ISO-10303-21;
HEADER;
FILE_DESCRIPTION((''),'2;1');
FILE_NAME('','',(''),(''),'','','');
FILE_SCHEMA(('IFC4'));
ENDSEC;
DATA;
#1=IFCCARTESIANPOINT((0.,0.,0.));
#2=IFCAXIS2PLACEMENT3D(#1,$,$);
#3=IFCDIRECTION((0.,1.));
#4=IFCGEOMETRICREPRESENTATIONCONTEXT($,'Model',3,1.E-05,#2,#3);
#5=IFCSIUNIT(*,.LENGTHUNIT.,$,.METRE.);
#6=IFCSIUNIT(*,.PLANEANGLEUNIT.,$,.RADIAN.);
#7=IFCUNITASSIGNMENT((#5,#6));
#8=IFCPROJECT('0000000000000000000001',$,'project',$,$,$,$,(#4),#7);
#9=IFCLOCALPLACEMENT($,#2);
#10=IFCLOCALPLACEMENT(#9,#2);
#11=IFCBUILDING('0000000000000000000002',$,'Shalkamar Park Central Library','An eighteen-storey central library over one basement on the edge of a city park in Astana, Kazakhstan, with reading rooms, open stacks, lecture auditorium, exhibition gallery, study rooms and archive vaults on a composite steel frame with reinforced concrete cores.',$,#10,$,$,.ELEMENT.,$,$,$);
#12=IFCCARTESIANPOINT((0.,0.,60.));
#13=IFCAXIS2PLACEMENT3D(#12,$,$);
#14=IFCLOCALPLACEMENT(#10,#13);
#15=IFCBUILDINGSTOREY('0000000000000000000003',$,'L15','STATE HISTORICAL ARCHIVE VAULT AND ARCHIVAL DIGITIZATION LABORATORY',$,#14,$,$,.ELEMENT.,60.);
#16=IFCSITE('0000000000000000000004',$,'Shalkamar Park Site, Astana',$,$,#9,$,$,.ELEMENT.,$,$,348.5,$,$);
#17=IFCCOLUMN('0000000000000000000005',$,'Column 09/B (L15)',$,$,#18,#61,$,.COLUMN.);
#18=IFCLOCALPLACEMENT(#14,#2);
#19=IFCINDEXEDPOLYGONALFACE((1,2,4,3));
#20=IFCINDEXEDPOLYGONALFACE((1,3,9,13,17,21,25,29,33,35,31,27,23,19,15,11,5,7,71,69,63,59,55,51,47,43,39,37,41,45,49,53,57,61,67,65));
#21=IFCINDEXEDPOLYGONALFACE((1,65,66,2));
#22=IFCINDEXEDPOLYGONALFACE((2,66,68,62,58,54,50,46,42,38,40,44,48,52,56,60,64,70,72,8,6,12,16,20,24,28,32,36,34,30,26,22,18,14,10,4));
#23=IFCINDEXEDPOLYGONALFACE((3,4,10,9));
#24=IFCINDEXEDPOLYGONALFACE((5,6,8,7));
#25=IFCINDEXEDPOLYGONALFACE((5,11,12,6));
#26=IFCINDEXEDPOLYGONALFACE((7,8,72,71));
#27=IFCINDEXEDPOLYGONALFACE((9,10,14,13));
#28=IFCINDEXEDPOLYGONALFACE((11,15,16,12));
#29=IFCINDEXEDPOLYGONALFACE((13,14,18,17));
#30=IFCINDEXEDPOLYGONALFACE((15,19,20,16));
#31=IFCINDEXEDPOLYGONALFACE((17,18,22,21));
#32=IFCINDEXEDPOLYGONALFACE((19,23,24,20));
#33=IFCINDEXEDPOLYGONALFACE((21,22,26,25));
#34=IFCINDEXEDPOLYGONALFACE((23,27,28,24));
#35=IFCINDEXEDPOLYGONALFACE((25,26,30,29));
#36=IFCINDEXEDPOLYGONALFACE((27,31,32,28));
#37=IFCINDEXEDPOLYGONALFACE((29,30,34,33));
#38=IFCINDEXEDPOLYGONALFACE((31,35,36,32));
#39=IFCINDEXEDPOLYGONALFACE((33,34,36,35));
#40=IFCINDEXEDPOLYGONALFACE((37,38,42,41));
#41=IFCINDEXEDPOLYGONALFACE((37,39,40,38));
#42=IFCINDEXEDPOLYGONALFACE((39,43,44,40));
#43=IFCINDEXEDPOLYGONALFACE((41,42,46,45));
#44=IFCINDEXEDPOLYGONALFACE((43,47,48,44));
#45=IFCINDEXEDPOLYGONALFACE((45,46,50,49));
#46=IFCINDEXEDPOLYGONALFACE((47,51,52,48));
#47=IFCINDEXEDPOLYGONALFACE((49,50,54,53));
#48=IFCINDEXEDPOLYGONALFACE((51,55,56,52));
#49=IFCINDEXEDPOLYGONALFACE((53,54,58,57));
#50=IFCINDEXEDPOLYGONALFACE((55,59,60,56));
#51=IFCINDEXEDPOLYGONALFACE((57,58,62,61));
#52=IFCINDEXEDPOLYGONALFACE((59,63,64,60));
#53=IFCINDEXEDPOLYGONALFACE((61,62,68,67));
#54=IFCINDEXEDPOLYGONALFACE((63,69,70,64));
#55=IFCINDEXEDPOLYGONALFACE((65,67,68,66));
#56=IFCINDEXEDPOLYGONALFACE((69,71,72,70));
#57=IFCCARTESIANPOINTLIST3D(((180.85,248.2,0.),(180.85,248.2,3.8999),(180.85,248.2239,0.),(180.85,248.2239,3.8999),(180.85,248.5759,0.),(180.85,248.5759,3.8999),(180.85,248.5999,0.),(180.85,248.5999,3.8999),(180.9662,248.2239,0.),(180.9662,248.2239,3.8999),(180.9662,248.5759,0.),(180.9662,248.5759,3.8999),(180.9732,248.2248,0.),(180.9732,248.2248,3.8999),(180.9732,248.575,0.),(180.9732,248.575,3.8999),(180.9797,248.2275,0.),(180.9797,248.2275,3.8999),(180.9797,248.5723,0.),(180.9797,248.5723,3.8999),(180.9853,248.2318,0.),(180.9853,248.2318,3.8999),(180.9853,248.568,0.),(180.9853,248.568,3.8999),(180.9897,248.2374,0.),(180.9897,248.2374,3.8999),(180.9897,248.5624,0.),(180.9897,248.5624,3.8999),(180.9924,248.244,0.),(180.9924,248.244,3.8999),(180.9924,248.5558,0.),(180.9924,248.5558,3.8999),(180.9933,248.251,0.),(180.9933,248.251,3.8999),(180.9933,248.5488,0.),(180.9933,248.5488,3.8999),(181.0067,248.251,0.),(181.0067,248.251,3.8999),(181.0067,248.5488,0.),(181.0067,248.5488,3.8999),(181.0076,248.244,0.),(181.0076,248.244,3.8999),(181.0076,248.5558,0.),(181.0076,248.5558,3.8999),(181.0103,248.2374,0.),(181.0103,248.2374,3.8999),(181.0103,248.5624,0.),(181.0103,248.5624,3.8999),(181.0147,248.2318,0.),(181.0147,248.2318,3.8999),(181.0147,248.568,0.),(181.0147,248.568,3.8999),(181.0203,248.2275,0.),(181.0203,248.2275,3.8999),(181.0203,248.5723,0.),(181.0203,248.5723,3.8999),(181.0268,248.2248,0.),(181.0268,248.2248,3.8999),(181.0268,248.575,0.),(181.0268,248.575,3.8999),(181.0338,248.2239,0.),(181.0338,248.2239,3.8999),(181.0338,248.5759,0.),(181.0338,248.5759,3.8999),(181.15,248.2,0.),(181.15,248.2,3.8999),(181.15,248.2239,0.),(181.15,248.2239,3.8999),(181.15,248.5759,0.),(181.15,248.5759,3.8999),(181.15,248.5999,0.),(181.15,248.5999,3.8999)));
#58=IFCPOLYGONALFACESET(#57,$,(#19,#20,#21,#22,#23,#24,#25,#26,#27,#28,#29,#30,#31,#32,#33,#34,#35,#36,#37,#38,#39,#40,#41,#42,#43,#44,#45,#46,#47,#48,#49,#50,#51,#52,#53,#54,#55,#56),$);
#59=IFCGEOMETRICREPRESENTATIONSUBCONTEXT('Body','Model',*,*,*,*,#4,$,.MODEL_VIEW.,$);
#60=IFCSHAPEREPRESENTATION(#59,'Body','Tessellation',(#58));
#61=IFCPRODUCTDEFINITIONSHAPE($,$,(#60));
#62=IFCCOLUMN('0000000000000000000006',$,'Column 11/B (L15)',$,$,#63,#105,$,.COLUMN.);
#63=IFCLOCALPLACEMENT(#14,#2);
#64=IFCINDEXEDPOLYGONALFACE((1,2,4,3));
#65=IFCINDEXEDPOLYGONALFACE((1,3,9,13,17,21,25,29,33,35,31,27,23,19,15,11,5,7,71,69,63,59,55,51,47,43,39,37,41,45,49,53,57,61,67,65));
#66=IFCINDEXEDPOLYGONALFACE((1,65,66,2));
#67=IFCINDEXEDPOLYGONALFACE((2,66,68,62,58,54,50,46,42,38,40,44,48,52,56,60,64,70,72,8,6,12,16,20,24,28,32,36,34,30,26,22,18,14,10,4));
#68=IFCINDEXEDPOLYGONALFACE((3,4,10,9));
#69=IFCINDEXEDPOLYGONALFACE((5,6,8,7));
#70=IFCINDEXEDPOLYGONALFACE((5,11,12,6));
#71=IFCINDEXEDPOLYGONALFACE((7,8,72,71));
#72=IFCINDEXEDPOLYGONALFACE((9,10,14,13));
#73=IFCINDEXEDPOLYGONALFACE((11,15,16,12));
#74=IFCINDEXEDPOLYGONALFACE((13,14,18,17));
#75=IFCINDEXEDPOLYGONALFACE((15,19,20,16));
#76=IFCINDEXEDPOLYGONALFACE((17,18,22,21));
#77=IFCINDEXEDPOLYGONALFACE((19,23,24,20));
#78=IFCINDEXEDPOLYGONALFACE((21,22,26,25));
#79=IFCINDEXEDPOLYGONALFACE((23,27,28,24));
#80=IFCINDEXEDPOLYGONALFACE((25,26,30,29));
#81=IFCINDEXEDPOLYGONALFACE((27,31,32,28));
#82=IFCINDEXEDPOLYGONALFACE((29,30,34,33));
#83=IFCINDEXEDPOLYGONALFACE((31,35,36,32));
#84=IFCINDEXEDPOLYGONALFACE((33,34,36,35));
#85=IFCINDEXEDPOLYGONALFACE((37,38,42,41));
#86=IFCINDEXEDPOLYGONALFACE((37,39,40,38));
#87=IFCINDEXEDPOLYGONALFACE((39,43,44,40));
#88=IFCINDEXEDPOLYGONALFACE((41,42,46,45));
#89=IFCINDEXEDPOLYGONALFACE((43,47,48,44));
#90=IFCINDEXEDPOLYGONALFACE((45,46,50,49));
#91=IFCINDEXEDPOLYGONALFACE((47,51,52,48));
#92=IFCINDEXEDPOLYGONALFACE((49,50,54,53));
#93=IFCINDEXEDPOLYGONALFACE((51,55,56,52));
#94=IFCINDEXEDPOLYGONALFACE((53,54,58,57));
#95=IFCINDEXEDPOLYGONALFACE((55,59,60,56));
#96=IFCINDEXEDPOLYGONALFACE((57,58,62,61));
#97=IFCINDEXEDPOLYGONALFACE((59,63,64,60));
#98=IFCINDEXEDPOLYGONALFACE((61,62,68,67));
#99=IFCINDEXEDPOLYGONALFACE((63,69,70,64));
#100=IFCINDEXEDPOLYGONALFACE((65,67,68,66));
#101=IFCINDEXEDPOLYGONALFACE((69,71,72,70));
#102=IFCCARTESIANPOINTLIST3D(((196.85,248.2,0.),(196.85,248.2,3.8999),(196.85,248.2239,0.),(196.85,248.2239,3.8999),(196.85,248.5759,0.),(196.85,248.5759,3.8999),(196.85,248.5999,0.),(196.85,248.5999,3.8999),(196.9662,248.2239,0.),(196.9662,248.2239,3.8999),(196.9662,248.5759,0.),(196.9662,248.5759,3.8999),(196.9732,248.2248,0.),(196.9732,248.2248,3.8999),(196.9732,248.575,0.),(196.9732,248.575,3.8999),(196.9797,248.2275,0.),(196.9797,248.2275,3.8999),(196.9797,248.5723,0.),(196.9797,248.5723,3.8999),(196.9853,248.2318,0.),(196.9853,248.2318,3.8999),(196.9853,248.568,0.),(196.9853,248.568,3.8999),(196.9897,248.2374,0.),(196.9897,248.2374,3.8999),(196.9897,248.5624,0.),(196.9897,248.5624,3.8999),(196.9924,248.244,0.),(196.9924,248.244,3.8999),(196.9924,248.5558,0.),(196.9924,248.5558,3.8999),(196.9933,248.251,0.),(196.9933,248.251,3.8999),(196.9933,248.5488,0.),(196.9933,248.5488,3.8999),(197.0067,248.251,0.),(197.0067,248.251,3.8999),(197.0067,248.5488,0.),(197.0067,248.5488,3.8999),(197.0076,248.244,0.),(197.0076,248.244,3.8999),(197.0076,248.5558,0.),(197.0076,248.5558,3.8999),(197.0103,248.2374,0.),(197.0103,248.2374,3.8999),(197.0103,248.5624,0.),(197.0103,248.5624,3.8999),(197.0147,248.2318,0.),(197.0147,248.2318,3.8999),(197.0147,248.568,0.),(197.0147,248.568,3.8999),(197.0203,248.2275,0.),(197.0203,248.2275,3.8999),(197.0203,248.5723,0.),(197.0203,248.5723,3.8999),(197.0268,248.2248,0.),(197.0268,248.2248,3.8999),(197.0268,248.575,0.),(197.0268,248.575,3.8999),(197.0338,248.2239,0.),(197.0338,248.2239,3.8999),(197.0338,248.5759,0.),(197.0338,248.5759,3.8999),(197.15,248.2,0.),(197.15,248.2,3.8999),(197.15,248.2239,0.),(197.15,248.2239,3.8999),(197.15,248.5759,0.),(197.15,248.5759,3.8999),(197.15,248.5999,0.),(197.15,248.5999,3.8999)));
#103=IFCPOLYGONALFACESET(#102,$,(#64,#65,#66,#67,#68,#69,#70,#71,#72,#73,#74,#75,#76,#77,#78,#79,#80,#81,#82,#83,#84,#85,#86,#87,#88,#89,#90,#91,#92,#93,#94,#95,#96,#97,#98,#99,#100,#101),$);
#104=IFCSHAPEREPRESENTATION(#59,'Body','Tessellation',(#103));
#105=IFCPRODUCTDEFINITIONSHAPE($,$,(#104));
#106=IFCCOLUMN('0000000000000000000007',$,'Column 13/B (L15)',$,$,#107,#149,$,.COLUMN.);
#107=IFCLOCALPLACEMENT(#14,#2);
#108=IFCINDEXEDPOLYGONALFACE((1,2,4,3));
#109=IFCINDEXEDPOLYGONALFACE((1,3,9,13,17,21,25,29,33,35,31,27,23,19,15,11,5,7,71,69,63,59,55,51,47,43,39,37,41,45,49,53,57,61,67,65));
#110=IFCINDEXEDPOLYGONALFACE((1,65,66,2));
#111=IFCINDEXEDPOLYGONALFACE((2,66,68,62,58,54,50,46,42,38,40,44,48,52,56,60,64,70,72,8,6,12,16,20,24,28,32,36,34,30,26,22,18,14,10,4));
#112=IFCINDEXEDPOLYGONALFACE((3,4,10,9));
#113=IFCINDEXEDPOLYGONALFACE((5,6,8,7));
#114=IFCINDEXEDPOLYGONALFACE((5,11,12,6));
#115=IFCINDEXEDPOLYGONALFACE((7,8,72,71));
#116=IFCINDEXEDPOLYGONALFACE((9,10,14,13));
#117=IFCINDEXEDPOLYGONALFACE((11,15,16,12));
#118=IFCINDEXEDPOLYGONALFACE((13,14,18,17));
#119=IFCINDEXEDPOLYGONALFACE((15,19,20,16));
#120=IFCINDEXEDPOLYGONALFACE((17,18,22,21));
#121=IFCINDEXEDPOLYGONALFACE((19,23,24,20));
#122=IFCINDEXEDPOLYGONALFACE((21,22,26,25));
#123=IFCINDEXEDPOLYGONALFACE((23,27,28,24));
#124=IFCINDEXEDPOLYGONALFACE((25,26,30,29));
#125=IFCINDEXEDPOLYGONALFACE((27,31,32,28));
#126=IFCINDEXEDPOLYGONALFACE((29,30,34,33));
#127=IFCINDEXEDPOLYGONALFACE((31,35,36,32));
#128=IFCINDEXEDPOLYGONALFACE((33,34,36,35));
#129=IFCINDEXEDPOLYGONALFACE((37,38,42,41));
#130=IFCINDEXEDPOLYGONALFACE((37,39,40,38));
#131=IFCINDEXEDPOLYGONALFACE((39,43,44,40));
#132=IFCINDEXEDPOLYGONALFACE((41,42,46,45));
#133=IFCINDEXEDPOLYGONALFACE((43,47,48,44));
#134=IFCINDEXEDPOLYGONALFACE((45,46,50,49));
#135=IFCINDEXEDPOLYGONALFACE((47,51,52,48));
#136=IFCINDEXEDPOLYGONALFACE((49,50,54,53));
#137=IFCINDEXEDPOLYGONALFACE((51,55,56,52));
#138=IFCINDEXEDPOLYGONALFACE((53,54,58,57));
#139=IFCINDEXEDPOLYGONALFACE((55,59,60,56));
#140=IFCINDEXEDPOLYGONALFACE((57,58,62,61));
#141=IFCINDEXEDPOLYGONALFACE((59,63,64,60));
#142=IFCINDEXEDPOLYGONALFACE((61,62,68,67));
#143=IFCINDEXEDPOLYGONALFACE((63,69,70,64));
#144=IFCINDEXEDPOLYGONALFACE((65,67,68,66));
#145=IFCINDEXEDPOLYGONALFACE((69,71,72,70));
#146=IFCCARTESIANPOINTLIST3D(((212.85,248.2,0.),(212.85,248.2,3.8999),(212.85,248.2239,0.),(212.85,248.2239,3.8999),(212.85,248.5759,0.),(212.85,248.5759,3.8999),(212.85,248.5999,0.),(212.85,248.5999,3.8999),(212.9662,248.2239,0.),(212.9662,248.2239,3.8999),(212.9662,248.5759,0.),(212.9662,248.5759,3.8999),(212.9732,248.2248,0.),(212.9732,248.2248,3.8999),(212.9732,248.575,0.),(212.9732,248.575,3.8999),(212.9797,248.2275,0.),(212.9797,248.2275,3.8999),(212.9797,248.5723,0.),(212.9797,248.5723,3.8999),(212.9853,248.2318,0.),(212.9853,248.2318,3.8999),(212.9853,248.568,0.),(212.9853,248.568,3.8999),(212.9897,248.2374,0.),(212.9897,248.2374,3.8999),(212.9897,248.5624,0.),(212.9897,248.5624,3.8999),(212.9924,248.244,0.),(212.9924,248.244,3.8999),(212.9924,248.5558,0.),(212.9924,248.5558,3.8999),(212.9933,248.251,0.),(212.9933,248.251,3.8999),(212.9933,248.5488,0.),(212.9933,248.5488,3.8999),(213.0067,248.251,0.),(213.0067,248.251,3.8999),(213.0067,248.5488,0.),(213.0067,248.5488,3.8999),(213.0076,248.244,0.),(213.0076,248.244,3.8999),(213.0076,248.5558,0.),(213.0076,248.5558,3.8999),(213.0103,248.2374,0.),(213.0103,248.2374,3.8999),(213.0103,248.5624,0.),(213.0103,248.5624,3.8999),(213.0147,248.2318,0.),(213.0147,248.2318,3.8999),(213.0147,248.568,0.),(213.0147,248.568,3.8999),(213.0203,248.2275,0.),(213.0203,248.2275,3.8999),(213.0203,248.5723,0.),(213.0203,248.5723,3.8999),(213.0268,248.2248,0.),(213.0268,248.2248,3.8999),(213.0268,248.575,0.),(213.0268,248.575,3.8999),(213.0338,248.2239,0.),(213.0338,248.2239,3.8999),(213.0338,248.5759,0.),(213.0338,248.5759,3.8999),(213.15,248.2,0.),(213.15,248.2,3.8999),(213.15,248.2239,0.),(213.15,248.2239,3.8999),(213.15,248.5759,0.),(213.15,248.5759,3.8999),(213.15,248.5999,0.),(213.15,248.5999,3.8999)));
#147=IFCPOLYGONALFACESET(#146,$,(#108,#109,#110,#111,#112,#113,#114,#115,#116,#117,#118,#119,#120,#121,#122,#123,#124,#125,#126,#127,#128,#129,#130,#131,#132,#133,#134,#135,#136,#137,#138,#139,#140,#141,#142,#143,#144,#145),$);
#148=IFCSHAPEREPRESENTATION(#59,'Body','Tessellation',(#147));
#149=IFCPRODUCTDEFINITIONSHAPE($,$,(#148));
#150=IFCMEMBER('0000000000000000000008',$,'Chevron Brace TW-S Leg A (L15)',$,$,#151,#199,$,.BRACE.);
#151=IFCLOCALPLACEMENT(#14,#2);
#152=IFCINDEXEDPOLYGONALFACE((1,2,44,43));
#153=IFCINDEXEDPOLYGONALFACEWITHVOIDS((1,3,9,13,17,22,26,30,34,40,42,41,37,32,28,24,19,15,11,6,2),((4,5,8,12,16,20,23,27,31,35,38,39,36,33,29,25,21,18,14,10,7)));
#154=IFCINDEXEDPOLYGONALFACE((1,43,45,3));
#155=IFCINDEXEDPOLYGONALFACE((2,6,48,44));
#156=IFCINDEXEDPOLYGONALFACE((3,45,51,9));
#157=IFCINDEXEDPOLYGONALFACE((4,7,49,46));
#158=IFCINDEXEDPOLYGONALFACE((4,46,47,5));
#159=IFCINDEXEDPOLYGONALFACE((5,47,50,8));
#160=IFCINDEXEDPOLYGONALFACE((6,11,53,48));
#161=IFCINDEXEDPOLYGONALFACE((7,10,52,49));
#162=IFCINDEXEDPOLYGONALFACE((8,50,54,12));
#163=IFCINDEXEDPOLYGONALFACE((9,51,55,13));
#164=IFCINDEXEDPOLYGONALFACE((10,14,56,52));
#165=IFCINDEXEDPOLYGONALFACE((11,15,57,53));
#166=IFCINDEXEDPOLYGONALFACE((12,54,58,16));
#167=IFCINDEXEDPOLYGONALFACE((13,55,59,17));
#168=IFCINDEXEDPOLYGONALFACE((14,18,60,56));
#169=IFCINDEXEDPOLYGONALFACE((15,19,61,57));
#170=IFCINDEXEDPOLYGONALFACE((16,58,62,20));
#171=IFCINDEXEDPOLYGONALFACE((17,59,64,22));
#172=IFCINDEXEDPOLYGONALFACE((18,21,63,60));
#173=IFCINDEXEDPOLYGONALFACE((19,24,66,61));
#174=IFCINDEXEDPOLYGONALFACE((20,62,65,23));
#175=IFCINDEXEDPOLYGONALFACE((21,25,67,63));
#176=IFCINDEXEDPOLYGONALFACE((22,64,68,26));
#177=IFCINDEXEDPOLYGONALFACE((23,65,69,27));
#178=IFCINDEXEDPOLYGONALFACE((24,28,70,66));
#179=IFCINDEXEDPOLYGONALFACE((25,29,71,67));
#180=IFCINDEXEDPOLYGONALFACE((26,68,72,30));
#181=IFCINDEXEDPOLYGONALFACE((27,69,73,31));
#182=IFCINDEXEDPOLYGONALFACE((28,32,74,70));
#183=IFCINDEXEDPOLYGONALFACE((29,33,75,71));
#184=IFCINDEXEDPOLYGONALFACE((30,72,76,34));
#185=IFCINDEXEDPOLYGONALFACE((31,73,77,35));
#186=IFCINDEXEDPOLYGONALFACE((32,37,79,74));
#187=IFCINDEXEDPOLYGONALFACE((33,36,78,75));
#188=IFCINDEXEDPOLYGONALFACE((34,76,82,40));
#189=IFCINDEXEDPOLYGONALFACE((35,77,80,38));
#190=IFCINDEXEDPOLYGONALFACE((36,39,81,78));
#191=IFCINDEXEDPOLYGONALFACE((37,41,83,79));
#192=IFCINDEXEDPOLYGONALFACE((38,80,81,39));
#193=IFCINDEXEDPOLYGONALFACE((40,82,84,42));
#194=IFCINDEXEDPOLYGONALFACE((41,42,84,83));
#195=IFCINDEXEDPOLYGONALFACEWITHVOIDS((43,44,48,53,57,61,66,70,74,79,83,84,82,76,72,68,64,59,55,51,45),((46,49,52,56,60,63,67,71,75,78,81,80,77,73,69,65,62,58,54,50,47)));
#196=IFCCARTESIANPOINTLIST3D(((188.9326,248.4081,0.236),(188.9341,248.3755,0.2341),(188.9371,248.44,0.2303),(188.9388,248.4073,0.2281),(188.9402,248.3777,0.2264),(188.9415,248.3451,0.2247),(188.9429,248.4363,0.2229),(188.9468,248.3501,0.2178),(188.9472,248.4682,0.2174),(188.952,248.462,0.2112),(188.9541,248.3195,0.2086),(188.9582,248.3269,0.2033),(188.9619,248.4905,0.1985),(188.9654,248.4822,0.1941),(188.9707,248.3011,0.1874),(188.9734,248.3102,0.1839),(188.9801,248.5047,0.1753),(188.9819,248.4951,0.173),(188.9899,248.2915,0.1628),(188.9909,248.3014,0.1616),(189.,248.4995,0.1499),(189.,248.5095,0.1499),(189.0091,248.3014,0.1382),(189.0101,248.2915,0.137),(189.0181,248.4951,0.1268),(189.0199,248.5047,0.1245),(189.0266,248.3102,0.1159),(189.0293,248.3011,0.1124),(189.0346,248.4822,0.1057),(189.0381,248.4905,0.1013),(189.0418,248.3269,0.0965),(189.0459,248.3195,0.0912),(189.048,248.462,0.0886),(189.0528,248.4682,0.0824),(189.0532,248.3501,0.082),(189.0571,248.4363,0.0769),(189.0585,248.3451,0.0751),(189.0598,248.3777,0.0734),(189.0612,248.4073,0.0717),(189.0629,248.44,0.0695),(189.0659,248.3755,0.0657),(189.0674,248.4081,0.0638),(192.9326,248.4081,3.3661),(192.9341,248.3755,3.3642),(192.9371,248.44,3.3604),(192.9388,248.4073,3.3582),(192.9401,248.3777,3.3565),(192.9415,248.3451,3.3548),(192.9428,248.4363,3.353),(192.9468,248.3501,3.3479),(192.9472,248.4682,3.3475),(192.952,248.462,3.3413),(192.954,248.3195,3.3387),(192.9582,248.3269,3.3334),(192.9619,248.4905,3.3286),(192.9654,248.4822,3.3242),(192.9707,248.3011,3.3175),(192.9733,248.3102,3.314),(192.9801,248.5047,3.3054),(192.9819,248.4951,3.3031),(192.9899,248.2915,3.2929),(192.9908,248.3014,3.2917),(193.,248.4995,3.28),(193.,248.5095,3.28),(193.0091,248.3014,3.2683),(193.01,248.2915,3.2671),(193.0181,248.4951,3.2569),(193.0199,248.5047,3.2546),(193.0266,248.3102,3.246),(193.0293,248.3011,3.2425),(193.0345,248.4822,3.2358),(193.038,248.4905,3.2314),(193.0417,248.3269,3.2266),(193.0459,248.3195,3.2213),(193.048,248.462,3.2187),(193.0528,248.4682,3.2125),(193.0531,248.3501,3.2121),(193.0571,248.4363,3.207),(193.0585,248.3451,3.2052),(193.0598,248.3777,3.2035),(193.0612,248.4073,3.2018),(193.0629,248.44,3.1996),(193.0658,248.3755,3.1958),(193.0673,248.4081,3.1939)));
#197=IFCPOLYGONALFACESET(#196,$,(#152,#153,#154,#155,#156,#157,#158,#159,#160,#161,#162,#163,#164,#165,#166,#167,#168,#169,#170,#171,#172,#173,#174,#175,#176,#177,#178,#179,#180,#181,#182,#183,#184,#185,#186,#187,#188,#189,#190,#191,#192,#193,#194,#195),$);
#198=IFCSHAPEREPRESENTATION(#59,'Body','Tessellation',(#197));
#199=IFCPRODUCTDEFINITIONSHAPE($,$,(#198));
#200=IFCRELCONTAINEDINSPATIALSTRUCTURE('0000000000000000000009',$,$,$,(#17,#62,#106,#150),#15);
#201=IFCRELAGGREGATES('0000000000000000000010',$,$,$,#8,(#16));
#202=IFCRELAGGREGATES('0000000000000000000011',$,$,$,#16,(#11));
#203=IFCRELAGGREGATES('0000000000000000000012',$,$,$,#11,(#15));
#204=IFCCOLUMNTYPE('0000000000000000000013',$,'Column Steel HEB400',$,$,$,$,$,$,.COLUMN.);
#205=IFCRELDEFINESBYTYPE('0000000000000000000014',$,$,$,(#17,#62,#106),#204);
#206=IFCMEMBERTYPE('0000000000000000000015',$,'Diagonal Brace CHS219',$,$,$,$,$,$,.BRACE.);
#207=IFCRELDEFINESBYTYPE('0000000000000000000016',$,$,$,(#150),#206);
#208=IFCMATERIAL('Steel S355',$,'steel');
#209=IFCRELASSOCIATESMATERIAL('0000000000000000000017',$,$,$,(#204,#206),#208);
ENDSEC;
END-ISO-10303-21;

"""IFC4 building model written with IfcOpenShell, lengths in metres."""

from ifc_helpers import new_model, si_unit, direction, frame, origin, origin_2d, place, context, subcontext, project, spatial, hollow_circle, i_section, extrude, material, material_profile, profile_set, type_object, element, save


model = new_model("IFC4")

# Units and contexts
model_context = context("Model", 3, precision=1e-05, world=origin(), true_north=direction((0.0, 1.0)))
body_context = subcontext(model_context, "Body", "Model", "MODEL_VIEW")
ifc_project = project(units=[si_unit("LENGTHUNIT", "METRE"), si_unit("PLANEANGLEUNIT", "RADIAN")], contexts=[model_context])

# Site, building, storey
site_placement = place(None, origin())
site = spatial("IfcSite", under=ifc_project, at=site_placement, Name="Shalkamar Park Site, Astana", CompositionType="ELEMENT", RefElevation=348.5)
building_placement = place(site_placement, origin())
building = spatial("IfcBuilding", under=site, at=building_placement, Name="Shalkamar Park Central Library", Description="An eighteen-storey central library over one basement on the edge of a city park in Astana, Kazakhstan, with reading rooms, open stacks, lecture auditorium, exhibition gallery, study rooms and archive vaults on a composite steel frame with reinforced concrete cores.", CompositionType="ELEMENT")
storey_placement = place(building_placement, frame((0.0, 0.0, 60.0)))
storey = spatial("IfcBuildingStorey", under=building, at=storey_placement, Name="L15", Description="STATE HISTORICAL ARCHIVE VAULT AND ARCHIVAL DIGITIZATION LABORATORY", CompositionType="ELEMENT", Elevation=60.0)

# Columns
ifc_material_1 = material(Name="Steel S355", Category="steel")
ifc_material_profile_1 = material_profile(ifc_material_1, i_section(OverallWidth=0.3, OverallDepth=0.3999, WebThickness=0.0134, FlangeThickness=0.0239, FilletRadius=0.0271, at=origin_2d()), Name="HEB 400")
ifc_profile_set_1 = profile_set([ifc_material_profile_1], Name="Steel S355")
column_type_1 = type_object("IfcColumnType", Name="Column Steel HEB400", PredefinedType="COLUMN", material=ifc_profile_set_1)
for number, where, z_axis, x_axis, name in (
    (1, (181.0, 248.3999, 0.0), (0.0, 0.0, 1.0), (1.0, 0.0, 0.0), "Column 09/B (L15)"),
    (2, (197.0, 248.3999, 0.0), (0.0, 0.0, 1.0), (1.0, 0.0, 0.0), "Column 11/B (L15)"),
    (3, (213.0, 248.3999, 0.0), (0.0, 0.0, 1.0), (1.0, 0.0, 0.0), "Column 13/B (L15)"),
):
    element("IfcColumn", number, at=place(storey_placement, frame(where, z_axis=z_axis, x_axis=x_axis)), inside=storey, type_object=column_type_1, Name=name, PredefinedType="COLUMN", context=body_context, shape_type="SweptSolid", body=[
        extrude(i_section(OverallWidth=0.3, OverallDepth=0.3999, WebThickness=0.0134, FlangeThickness=0.0239, FilletRadius=0.0271, at=origin_2d()), origin(), (0.0, 0.0, 1.0), 3.8999),
    ])

# Member
ifc_material_profile_2 = material_profile(ifc_material_1, hollow_circle(Radius=0.1096, WallThickness=0.01, at=origin_2d()), Name="CHS 219.1x10")
ifc_profile_set_2 = profile_set([ifc_material_profile_2], Name="Steel S355")
member_type = type_object("IfcMemberType", Name="Diagonal Brace CHS219", PredefinedType="BRACE", material=ifc_profile_set_2)
for number, where, z_axis, x_axis, name in (
    (4, (189.0, 248.3999, 0.1499), (0.787534, 0.0, 0.616271), (0.0, 1.0, 0.0), "Chevron Brace TW-S Leg A (L15)"),
):
    element("IfcMember", number, at=place(storey_placement, frame(where, z_axis=z_axis, x_axis=x_axis)), inside=storey, type_object=member_type, Name=name, PredefinedType="BRACE", context=body_context, shape_type="SweptSolid", body=[
        extrude(hollow_circle(Radius=0.1096, WallThickness=0.01, at=origin_2d()), origin(), (0.0, 0.0, 1.0), 5.0791),
    ])

save(model, "model.ifc")
